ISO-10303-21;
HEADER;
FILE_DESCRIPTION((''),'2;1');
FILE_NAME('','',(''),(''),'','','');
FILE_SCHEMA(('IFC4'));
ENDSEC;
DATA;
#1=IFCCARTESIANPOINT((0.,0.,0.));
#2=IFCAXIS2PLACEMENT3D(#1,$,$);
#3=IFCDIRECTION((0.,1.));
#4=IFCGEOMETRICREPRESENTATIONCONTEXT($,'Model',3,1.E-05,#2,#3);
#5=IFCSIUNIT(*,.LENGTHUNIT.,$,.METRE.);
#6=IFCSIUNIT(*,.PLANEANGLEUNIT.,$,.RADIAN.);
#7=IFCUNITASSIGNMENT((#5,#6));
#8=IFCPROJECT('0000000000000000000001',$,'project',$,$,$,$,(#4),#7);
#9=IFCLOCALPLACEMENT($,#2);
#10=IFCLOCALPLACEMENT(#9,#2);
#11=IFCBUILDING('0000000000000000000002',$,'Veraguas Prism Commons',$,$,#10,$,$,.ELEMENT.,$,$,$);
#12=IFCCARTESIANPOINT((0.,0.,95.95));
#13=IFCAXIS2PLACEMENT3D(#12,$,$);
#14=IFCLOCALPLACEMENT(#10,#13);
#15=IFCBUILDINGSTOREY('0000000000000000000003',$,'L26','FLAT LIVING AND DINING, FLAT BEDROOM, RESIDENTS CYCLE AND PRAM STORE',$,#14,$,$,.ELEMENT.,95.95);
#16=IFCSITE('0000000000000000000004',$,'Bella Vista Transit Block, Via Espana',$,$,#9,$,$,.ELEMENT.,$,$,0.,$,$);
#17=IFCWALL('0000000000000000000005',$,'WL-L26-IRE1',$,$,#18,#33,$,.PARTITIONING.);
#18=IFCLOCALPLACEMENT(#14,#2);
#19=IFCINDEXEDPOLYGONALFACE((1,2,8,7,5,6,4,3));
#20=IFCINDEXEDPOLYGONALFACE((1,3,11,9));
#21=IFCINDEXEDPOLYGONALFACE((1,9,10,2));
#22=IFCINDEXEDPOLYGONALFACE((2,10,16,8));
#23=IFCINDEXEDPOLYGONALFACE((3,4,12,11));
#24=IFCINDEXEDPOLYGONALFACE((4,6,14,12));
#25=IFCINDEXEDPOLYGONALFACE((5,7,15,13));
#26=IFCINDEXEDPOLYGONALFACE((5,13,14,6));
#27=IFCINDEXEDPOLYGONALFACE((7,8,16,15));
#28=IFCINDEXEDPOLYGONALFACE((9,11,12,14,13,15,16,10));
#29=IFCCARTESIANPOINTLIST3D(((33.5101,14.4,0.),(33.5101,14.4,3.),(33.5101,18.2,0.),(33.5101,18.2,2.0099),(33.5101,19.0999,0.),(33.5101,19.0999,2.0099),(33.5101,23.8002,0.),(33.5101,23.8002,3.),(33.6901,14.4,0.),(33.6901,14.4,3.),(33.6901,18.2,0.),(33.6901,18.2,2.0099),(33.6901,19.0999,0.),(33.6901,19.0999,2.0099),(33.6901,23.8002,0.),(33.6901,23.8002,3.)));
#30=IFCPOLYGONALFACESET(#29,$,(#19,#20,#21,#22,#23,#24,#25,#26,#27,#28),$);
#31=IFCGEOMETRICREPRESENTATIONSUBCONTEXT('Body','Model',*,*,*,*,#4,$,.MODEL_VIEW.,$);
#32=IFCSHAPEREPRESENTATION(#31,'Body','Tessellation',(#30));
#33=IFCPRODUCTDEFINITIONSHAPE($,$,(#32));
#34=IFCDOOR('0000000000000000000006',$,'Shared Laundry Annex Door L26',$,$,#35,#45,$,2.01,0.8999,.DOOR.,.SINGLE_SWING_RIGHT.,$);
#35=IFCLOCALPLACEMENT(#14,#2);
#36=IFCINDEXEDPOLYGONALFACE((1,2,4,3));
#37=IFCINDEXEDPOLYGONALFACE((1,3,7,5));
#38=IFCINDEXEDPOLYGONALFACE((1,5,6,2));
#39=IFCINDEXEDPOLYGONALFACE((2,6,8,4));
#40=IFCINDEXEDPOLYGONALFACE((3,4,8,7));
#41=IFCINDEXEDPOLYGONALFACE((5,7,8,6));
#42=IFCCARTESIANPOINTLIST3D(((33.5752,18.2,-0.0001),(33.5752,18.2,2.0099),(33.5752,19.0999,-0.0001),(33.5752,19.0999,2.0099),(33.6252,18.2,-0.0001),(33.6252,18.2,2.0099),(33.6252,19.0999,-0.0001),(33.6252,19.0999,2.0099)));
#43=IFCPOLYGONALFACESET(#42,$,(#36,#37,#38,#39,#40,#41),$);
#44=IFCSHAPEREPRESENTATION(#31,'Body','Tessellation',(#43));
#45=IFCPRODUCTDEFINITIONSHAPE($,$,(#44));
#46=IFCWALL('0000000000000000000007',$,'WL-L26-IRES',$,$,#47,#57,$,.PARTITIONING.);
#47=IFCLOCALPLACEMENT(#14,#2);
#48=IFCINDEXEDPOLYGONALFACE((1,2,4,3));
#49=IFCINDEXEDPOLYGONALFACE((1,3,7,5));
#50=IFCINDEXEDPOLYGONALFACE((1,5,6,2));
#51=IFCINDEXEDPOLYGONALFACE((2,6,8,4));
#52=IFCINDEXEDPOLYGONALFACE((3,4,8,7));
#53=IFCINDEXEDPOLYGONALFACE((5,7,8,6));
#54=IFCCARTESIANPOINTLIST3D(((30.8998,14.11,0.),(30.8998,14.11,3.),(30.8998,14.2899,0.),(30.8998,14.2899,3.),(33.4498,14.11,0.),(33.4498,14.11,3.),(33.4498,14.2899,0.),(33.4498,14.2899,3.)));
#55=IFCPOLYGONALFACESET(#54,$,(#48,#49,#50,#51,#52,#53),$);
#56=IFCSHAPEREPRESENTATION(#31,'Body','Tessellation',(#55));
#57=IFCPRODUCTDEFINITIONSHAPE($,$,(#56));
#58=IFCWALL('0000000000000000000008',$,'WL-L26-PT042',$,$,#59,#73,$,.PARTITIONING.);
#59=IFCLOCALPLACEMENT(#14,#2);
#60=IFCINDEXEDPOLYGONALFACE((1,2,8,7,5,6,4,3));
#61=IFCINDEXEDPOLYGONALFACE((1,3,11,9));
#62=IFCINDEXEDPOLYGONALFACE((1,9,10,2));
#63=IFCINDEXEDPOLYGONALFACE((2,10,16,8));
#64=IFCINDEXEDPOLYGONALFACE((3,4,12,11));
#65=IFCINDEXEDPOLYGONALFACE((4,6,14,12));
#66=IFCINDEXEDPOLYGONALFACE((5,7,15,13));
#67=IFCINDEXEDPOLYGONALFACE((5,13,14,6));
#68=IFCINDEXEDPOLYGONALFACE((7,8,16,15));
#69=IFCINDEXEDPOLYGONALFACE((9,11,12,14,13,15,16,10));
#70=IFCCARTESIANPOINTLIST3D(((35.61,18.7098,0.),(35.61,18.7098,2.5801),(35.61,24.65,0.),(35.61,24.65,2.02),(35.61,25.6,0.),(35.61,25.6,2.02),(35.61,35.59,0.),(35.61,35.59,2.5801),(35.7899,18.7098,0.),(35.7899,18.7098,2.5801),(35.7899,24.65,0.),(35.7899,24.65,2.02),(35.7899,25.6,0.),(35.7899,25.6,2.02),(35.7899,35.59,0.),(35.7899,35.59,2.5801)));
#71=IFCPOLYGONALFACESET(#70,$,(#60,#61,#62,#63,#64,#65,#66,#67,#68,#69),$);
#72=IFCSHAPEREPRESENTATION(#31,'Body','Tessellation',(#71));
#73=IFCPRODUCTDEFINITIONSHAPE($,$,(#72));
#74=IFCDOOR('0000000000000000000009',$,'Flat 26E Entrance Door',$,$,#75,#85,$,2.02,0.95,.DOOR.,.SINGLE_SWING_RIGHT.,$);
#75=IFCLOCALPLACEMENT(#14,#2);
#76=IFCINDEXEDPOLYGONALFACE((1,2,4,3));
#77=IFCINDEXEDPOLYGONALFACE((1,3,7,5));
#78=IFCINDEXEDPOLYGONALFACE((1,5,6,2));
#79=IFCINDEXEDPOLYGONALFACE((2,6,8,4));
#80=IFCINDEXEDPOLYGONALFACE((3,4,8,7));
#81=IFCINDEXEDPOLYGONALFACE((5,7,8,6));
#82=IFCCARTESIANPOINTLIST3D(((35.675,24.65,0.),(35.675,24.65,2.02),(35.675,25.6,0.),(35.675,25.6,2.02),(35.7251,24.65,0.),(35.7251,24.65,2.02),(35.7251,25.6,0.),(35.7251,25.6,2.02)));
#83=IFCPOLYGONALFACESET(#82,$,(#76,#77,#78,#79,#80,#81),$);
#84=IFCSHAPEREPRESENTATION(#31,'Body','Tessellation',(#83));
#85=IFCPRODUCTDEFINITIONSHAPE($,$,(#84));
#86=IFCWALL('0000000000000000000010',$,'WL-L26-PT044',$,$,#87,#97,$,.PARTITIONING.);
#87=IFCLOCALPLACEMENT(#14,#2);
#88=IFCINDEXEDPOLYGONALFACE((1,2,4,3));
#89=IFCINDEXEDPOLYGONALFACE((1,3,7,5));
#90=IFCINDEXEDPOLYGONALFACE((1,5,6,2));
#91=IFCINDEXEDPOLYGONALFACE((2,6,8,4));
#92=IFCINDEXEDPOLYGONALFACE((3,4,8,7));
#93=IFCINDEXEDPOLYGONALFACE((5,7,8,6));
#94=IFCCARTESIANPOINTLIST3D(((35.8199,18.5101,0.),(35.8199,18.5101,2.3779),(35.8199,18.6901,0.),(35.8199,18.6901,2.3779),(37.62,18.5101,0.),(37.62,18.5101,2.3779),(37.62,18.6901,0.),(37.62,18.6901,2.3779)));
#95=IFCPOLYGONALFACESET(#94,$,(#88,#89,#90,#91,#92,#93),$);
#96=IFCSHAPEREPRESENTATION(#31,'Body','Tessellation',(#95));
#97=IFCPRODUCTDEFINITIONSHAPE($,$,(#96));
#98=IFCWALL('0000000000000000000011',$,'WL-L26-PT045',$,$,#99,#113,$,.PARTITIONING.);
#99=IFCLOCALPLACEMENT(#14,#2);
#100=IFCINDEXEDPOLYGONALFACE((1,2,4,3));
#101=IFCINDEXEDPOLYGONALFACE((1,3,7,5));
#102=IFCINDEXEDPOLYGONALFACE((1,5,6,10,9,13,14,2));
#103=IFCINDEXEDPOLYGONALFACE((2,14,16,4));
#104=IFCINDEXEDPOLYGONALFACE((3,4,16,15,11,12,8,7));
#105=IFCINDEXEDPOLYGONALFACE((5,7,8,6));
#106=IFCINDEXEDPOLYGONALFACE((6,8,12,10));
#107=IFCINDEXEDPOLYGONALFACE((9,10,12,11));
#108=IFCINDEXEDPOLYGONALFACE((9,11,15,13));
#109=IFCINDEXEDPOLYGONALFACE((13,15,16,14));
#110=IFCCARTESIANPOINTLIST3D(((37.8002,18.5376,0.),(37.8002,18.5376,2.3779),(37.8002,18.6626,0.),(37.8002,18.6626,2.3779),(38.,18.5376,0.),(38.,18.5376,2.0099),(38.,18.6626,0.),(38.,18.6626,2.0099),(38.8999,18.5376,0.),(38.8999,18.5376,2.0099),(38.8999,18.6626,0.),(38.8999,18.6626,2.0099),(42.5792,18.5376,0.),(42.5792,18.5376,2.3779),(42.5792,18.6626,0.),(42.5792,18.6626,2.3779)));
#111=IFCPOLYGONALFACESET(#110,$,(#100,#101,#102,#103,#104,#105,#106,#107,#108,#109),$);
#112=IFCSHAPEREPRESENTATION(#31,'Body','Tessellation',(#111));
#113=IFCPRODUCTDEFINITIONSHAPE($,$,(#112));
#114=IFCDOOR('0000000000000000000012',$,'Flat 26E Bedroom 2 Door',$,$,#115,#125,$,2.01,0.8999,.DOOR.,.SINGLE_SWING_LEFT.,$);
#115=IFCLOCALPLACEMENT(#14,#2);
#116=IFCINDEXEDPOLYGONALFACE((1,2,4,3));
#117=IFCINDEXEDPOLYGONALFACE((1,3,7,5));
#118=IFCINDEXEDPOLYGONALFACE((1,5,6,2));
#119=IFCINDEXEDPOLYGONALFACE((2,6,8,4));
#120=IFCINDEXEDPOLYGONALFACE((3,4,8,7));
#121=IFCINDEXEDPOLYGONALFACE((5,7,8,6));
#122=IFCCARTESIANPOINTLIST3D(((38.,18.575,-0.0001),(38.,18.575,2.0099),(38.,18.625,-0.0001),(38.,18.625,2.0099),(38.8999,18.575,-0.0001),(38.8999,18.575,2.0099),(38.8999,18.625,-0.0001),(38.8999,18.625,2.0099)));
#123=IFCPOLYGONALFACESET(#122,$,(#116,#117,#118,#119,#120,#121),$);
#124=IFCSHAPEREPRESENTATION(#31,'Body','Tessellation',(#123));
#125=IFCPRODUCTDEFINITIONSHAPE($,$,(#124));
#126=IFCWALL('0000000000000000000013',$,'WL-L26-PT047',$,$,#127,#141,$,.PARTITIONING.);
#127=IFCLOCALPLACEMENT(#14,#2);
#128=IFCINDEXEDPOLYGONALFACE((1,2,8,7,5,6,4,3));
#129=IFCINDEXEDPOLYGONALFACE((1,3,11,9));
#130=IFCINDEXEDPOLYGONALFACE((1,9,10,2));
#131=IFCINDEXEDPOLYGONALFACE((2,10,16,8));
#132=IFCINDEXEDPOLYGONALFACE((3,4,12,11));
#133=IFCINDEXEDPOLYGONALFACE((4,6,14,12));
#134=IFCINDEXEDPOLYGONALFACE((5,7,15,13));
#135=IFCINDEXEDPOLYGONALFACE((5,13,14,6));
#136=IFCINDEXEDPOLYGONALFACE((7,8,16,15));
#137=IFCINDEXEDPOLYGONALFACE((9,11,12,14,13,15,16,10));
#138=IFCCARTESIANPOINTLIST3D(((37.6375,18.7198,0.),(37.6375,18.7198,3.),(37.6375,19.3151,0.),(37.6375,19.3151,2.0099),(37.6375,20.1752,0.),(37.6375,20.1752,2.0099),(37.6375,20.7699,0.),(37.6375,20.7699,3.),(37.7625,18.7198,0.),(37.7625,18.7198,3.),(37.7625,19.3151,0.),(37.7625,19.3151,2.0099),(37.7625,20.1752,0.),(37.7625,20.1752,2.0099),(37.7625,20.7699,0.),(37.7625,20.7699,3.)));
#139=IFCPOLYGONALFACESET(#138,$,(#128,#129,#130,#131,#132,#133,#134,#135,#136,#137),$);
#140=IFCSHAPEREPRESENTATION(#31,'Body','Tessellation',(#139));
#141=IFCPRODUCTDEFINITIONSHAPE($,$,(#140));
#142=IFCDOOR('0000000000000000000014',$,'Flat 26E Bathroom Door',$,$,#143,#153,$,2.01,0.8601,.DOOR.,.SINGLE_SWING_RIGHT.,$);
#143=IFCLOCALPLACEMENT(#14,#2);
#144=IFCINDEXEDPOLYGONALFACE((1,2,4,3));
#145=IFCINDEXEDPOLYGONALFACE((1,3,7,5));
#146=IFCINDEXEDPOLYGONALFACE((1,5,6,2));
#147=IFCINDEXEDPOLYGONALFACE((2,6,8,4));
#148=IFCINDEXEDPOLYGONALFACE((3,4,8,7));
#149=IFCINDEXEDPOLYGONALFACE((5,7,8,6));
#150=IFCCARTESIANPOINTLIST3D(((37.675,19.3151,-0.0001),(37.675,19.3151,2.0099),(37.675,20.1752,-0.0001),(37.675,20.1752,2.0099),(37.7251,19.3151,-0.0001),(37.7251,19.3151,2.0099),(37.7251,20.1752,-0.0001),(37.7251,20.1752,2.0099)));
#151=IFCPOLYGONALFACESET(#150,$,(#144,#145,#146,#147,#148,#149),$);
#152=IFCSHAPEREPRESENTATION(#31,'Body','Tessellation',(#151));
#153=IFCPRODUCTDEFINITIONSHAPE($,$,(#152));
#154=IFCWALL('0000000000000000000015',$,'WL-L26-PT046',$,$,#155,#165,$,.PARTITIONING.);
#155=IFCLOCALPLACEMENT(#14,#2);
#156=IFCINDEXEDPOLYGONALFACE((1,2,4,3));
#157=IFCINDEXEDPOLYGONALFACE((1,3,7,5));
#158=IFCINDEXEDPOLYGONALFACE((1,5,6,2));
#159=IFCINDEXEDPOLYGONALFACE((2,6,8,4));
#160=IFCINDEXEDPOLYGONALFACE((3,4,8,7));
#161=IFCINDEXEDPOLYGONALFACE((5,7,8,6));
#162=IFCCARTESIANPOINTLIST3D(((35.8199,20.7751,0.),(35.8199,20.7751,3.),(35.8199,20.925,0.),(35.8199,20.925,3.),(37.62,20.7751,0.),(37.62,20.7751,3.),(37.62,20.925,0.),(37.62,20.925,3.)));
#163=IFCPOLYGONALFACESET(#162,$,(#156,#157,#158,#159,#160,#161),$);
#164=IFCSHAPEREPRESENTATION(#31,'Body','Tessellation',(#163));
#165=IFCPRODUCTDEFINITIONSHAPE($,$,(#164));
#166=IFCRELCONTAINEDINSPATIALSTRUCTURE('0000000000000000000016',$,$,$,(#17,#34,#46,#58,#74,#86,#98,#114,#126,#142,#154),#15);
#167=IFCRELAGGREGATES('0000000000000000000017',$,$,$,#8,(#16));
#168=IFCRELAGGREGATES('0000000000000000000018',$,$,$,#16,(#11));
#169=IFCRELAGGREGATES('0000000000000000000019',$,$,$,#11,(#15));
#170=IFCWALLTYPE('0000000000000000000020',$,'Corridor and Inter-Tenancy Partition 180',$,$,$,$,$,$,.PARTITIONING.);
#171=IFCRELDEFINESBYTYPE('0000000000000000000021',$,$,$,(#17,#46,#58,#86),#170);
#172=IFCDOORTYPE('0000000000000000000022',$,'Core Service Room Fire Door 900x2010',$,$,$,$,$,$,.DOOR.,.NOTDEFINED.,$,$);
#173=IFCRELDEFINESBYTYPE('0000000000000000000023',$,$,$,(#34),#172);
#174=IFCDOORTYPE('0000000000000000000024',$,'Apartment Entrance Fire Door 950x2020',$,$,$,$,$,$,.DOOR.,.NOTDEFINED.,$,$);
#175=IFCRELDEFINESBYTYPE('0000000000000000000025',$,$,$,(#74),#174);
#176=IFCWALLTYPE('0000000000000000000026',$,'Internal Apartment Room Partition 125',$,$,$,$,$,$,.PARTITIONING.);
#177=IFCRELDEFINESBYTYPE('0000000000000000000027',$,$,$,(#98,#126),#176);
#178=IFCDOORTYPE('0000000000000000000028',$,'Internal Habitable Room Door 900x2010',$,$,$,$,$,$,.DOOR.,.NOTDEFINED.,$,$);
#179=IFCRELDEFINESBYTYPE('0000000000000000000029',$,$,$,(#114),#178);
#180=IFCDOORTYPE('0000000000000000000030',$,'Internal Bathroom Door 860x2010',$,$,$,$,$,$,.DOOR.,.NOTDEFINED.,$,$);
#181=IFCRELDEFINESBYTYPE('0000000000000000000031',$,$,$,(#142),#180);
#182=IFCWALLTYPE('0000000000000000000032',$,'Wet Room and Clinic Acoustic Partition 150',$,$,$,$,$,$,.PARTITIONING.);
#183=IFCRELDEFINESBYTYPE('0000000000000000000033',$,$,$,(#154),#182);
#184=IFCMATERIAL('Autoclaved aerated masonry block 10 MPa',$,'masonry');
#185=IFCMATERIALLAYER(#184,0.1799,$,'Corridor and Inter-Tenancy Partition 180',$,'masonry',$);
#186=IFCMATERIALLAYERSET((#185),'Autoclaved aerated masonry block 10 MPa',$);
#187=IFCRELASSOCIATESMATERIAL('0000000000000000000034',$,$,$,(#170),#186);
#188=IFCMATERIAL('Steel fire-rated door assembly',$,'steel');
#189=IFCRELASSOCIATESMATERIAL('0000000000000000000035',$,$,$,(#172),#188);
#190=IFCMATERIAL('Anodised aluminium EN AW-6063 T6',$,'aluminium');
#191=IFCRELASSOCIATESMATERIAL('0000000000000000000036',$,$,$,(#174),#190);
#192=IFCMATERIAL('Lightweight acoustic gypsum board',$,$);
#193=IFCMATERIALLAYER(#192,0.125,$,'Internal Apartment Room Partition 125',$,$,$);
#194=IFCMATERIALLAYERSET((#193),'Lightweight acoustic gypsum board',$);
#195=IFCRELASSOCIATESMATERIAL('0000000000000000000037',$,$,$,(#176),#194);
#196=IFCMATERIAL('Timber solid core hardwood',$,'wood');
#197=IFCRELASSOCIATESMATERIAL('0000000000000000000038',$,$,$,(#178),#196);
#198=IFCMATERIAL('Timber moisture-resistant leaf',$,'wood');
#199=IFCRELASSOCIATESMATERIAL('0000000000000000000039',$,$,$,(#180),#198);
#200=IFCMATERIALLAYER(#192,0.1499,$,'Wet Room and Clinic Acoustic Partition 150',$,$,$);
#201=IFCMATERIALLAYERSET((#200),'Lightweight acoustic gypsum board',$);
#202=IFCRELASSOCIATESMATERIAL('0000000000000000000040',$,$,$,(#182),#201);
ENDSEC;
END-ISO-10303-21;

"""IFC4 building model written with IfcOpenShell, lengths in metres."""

from ifc_helpers import new_model, si_unit, direction, frame, frame_2d, origin, place, context, subcontext, project, spatial, rectangle, extrude, source, transform, mapped, material, layer, layer_set, type_object, element, fill, save


model = new_model("IFC4")

# Units and contexts
model_context = context("Model", 3, precision=1e-05, world=origin(), true_north=direction((0.0, 1.0)))
body_context = subcontext(model_context, "Body", "Model", "MODEL_VIEW")
ifc_project = project(units=[si_unit("LENGTHUNIT", "METRE"), si_unit("PLANEANGLEUNIT", "RADIAN")], contexts=[model_context])

# Site, building, storey
site_placement = place(None, origin())
site = spatial("IfcSite", under=ifc_project, at=site_placement, Name="Bella Vista Transit Block, Via Espana", CompositionType="ELEMENT", RefElevation=0.0)
building_placement = place(site_placement, origin())
building = spatial("IfcBuilding", under=site, at=building_placement, Name="Veraguas Prism Commons", CompositionType="ELEMENT")
storey_placement = place(building_placement, frame((0.0, 0.0, 95.95)))
storey = spatial("IfcBuildingStorey", under=building, at=storey_placement, Name="L26", Description="FLAT LIVING AND DINING, FLAT BEDROOM, RESIDENTS CYCLE AND PRAM STORE", CompositionType="ELEMENT", Elevation=95.95)

# Shared definitions
ifc_material_1 = material(Name="Anodised aluminium EN AW-6063 T6", Category="aluminium")

# Wall, opening, door
ifc_material_2 = material(Name="Autoclaved aerated masonry block 10 MPa", Category="masonry")
ifc_layer_1 = layer(ifc_material_2, 0.1799, Name="Corridor and Inter-Tenancy Partition 180", Category="masonry")
ifc_layer_set_1 = layer_set([ifc_layer_1], Name="Autoclaved aerated masonry block 10 MPa")
wall_type_1 = type_object("IfcWallType", Name="Corridor and Inter-Tenancy Partition 180", PredefinedType="PARTITIONING", material=ifc_layer_set_1)
wall_1_placement = place(storey_placement, frame((33.6001, 14.3999, 0.0), z_axis=(0.0, 0.0, 1.0), x_axis=(0.0, 1.0, 0.0)))
wall_1 = element("IfcWall", 1, at=wall_1_placement, inside=storey, type_object=wall_type_1, Name="WL-L26-IRE1", PredefinedType="PARTITIONING", context=body_context, shape_type="SweptSolid", body=[
    extrude(rectangle(XDim=9.4001, YDim=0.1799, at=frame_2d((4.7002, 0.0))), origin(), (0.0, 0.0, 1.0), 3.0),
])
opening_1_placement = place(wall_1_placement, frame((3.8, 0.0, 0.0)))
opening_1 = element("IfcOpeningElement", 2, at=opening_1_placement, cuts=wall_1, PredefinedType="OPENING", context=body_context, shape_type="SweptSolid", body=[
    extrude(rectangle(XDim=0.8999, YDim=2.01, at=frame_2d((0.45, 1.0049))), frame((0.0, 0.0999, 0.0), z_axis=(0.0, -1.0, 0.0), x_axis=(1.0, 0.0, 0.0)), (0.0, 0.0, 1.0), 0.2),
])
ifc_material_3 = material(Name="Steel fire-rated door assembly", Category="steel")
door_type_1 = type_object("IfcDoorType", Name="Core Service Room Fire Door 900x2010", OperationType="NOTDEFINED", PredefinedType="DOOR", material=ifc_material_3)
shared_shape_1 = source(origin(), body_context, "Body", "SweptSolid", [
    extrude(rectangle(XDim=0.8999, YDim=2.01, at=frame_2d((0.45, 1.0049))), frame((0.0, 0.0249, 0.0), z_axis=(0.0, -1.0, 0.0), x_axis=(1.0, 0.0, 0.0)), (0.0, 0.0, 1.0), 0.05),
])
door_1_placement = place(opening_1_placement, origin())
door_1 = element("IfcDoor", 3, at=door_1_placement, inside=storey, type_object=door_type_1, Name="Shared Laundry Annex Door L26", OperationType="SINGLE_SWING_RIGHT", OverallHeight=2.01, OverallWidth=0.8999, PredefinedType="DOOR", context=body_context, shape_type="MappedRepresentation", body=[
    mapped(shared_shape_1, transform((0.0, 0.0, 0.0), scale=1.0)),
])
fill(opening_1, door_1)

# Wall
wall_2_placement = place(storey_placement, frame((30.8999, 14.2, 0.0), z_axis=(0.0, 0.0, 1.0), x_axis=(1.0, 0.0, 0.0)))
element("IfcWall", 4, at=wall_2_placement, inside=storey, type_object=wall_type_1, Name="WL-L26-IRES", PredefinedType="PARTITIONING", context=body_context, shape_type="SweptSolid", body=[
    extrude(rectangle(XDim=2.55, YDim=0.1799, at=frame_2d((1.2749, 0.0))), origin(), (0.0, 0.0, 1.0), 3.0),
])

# Wall, opening, door
wall_3_placement = place(storey_placement, frame((35.7, 18.71, 0.0), z_axis=(0.0, 0.0, 1.0), x_axis=(0.0, 1.0, 0.0)))
wall_3 = element("IfcWall", 5, at=wall_3_placement, inside=storey, type_object=wall_type_1, Name="WL-L26-PT042", PredefinedType="PARTITIONING", context=body_context, shape_type="SweptSolid", body=[
    extrude(rectangle(XDim=16.8801, YDim=0.1799, at=frame_2d((8.4399, 0.0))), origin(), (0.0, 0.0, 1.0), 2.5801),
])
opening_2_placement = place(wall_3_placement, frame((5.9399, 0.0, 0.0)))
opening_2 = element("IfcOpeningElement", 6, at=opening_2_placement, cuts=wall_3, PredefinedType="OPENING", context=body_context, shape_type="SweptSolid", body=[
    extrude(rectangle(XDim=0.95, YDim=2.02, at=frame_2d((0.4751, 1.01))), frame((0.0, 0.0999, 0.0), z_axis=(0.0, -1.0, 0.0), x_axis=(1.0, 0.0, 0.0)), (0.0, 0.0, 1.0), 0.2),
])
door_type_2 = type_object("IfcDoorType", Name="Apartment Entrance Fire Door 950x2020", OperationType="NOTDEFINED", PredefinedType="DOOR", material=ifc_material_1)
shared_shape_2 = source(origin(), body_context, "Body", "SweptSolid", [
    extrude(rectangle(XDim=0.95, YDim=2.02, at=frame_2d((0.4751, 1.01))), frame((0.0, 0.0249, 0.0), z_axis=(0.0, -1.0, 0.0), x_axis=(1.0, 0.0, 0.0)), (0.0, 0.0, 1.0), 0.05),
])
door_2_placement = place(opening_2_placement, origin())
door_2 = element("IfcDoor", 7, at=door_2_placement, inside=storey, type_object=door_type_2, Name="Flat 26E Entrance Door", OperationType="SINGLE_SWING_RIGHT", OverallHeight=2.02, OverallWidth=0.95, PredefinedType="DOOR", context=body_context, shape_type="MappedRepresentation", body=[
    mapped(shared_shape_2, transform((0.0, 0.0, 0.0), scale=1.0)),
])
fill(opening_2, door_2)

# Wall
wall_4_placement = place(storey_placement, frame((35.8201, 18.6001, 0.0), z_axis=(0.0, 0.0, 1.0), x_axis=(1.0, 0.0, 0.0)))
element("IfcWall", 8, at=wall_4_placement, inside=storey, type_object=wall_type_1, Name="WL-L26-PT044", PredefinedType="PARTITIONING", context=body_context, shape_type="SweptSolid", body=[
    extrude(rectangle(XDim=1.8, YDim=0.1799, at=frame_2d((0.8999, 0.0))), origin(), (0.0, 0.0, 1.0), 2.3779),
])

# Walls, openings, doors
ifc_material_4 = material(Name="Lightweight acoustic gypsum board")
ifc_layer_2 = layer(ifc_material_4, 0.125, Name="Internal Apartment Room Partition 125")
ifc_layer_set_2 = layer_set([ifc_layer_2], Name="Lightweight acoustic gypsum board")
wall_type_2 = type_object("IfcWallType", Name="Internal Apartment Room Partition 125", PredefinedType="PARTITIONING", material=ifc_layer_set_2)
wall_5_placement = place(storey_placement, frame((37.8, 18.6001, 0.0), z_axis=(0.0, 0.0, 1.0), x_axis=(1.0, 0.0, 0.0)))
wall_5 = element("IfcWall", 9, at=wall_5_placement, inside=storey, type_object=wall_type_2, Name="WL-L26-PT045", PredefinedType="PARTITIONING", context=body_context, shape_type="SweptSolid", body=[
    extrude(rectangle(XDim=4.7791, YDim=0.125, at=frame_2d((2.3896, 0.0))), origin(), (0.0, 0.0, 1.0), 2.3779),
])
opening_3_placement = place(wall_5_placement, frame((0.2, 0.0, 0.0)))
opening_3 = element("IfcOpeningElement", 10, at=opening_3_placement, cuts=wall_5, PredefinedType="OPENING", context=body_context, shape_type="SweptSolid", body=[
    extrude(rectangle(XDim=0.8999, YDim=2.01, at=frame_2d((0.45, 1.0049))), frame((0.0, 0.0725, 0.0), z_axis=(0.0, -1.0, 0.0), x_axis=(1.0, 0.0, 0.0)), (0.0, 0.0, 1.0), 0.145),
])
ifc_material_5 = material(Name="Timber solid core hardwood", Category="wood")
door_type_3 = type_object("IfcDoorType", Name="Internal Habitable Room Door 900x2010", OperationType="NOTDEFINED", PredefinedType="DOOR", material=ifc_material_5)
door_3_placement = place(opening_3_placement, origin())
door_3 = element("IfcDoor", 11, at=door_3_placement, inside=storey, type_object=door_type_3, Name="Flat 26E Bedroom 2 Door", OperationType="SINGLE_SWING_LEFT", OverallHeight=2.01, OverallWidth=0.8999, PredefinedType="DOOR", context=body_context, shape_type="MappedRepresentation", body=[
    mapped(shared_shape_1, transform((0.0, 0.0, 0.0), scale=1.0)),
])
fill(opening_3, door_3)
wall_6_placement = place(storey_placement, frame((37.7, 18.72, 0.0), z_axis=(0.0, 0.0, 1.0), x_axis=(0.0, 1.0, 0.0)))
wall_6 = element("IfcWall", 12, at=wall_6_placement, inside=storey, type_object=wall_type_2, Name="WL-L26-PT047", PredefinedType="PARTITIONING", context=body_context, shape_type="SweptSolid", body=[
    extrude(rectangle(XDim=2.05, YDim=0.125, at=frame_2d((1.0249, 0.0))), origin(), (0.0, 0.0, 1.0), 3.0),
])
opening_4_placement = place(wall_6_placement, frame((0.595, 0.0, 0.0)))
opening_4 = element("IfcOpeningElement", 13, at=opening_4_placement, cuts=wall_6, PredefinedType="OPENING", context=body_context, shape_type="SweptSolid", body=[
    extrude(rectangle(XDim=0.8601, YDim=2.01, at=frame_2d((0.4302, 1.0049))), frame((0.0, 0.0725, 0.0), z_axis=(0.0, -1.0, 0.0), x_axis=(1.0, 0.0, 0.0)), (0.0, 0.0, 1.0), 0.145),
])
ifc_material_6 = material(Name="Timber moisture-resistant leaf", Category="wood")
door_type_4 = type_object("IfcDoorType", Name="Internal Bathroom Door 860x2010", OperationType="NOTDEFINED", PredefinedType="DOOR", material=ifc_material_6)
shared_shape_3 = source(origin(), body_context, "Body", "SweptSolid", [
    extrude(rectangle(XDim=0.8601, YDim=2.01, at=frame_2d((0.4302, 1.0049))), frame((0.0, 0.0249, 0.0), z_axis=(0.0, -1.0, 0.0), x_axis=(1.0, 0.0, 0.0)), (0.0, 0.0, 1.0), 0.05),
])
door_4_placement = place(opening_4_placement, origin())
door_4 = element("IfcDoor", 14, at=door_4_placement, inside=storey, type_object=door_type_4, Name="Flat 26E Bathroom Door", OperationType="SINGLE_SWING_RIGHT", OverallHeight=2.01, OverallWidth=0.8601, PredefinedType="DOOR", context=body_context, shape_type="MappedRepresentation", body=[
    mapped(shared_shape_3, transform((0.0, 0.0, 0.0), scale=1.0)),
])
fill(opening_4, door_4)

# Wall
ifc_layer_3 = layer(ifc_material_4, 0.1499, Name="Wet Room and Clinic Acoustic Partition 150")
ifc_layer_set_3 = layer_set([ifc_layer_3], Name="Lightweight acoustic gypsum board")
wall_type_3 = type_object("IfcWallType", Name="Wet Room and Clinic Acoustic Partition 150", PredefinedType="PARTITIONING", material=ifc_layer_set_3)
wall_7_placement = place(storey_placement, frame((35.8201, 20.8501, 0.0), z_axis=(0.0, 0.0, 1.0), x_axis=(1.0, 0.0, 0.0)))
element("IfcWall", 15, at=wall_7_placement, inside=storey, type_object=wall_type_3, Name="WL-L26-PT046", PredefinedType="PARTITIONING", context=body_context, shape_type="SweptSolid", body=[
    extrude(rectangle(XDim=1.8, YDim=0.1499, at=frame_2d((0.8999, 0.0))), origin(), (0.0, 0.0, 1.0), 3.0),
])

save(model, "model.ifc")
